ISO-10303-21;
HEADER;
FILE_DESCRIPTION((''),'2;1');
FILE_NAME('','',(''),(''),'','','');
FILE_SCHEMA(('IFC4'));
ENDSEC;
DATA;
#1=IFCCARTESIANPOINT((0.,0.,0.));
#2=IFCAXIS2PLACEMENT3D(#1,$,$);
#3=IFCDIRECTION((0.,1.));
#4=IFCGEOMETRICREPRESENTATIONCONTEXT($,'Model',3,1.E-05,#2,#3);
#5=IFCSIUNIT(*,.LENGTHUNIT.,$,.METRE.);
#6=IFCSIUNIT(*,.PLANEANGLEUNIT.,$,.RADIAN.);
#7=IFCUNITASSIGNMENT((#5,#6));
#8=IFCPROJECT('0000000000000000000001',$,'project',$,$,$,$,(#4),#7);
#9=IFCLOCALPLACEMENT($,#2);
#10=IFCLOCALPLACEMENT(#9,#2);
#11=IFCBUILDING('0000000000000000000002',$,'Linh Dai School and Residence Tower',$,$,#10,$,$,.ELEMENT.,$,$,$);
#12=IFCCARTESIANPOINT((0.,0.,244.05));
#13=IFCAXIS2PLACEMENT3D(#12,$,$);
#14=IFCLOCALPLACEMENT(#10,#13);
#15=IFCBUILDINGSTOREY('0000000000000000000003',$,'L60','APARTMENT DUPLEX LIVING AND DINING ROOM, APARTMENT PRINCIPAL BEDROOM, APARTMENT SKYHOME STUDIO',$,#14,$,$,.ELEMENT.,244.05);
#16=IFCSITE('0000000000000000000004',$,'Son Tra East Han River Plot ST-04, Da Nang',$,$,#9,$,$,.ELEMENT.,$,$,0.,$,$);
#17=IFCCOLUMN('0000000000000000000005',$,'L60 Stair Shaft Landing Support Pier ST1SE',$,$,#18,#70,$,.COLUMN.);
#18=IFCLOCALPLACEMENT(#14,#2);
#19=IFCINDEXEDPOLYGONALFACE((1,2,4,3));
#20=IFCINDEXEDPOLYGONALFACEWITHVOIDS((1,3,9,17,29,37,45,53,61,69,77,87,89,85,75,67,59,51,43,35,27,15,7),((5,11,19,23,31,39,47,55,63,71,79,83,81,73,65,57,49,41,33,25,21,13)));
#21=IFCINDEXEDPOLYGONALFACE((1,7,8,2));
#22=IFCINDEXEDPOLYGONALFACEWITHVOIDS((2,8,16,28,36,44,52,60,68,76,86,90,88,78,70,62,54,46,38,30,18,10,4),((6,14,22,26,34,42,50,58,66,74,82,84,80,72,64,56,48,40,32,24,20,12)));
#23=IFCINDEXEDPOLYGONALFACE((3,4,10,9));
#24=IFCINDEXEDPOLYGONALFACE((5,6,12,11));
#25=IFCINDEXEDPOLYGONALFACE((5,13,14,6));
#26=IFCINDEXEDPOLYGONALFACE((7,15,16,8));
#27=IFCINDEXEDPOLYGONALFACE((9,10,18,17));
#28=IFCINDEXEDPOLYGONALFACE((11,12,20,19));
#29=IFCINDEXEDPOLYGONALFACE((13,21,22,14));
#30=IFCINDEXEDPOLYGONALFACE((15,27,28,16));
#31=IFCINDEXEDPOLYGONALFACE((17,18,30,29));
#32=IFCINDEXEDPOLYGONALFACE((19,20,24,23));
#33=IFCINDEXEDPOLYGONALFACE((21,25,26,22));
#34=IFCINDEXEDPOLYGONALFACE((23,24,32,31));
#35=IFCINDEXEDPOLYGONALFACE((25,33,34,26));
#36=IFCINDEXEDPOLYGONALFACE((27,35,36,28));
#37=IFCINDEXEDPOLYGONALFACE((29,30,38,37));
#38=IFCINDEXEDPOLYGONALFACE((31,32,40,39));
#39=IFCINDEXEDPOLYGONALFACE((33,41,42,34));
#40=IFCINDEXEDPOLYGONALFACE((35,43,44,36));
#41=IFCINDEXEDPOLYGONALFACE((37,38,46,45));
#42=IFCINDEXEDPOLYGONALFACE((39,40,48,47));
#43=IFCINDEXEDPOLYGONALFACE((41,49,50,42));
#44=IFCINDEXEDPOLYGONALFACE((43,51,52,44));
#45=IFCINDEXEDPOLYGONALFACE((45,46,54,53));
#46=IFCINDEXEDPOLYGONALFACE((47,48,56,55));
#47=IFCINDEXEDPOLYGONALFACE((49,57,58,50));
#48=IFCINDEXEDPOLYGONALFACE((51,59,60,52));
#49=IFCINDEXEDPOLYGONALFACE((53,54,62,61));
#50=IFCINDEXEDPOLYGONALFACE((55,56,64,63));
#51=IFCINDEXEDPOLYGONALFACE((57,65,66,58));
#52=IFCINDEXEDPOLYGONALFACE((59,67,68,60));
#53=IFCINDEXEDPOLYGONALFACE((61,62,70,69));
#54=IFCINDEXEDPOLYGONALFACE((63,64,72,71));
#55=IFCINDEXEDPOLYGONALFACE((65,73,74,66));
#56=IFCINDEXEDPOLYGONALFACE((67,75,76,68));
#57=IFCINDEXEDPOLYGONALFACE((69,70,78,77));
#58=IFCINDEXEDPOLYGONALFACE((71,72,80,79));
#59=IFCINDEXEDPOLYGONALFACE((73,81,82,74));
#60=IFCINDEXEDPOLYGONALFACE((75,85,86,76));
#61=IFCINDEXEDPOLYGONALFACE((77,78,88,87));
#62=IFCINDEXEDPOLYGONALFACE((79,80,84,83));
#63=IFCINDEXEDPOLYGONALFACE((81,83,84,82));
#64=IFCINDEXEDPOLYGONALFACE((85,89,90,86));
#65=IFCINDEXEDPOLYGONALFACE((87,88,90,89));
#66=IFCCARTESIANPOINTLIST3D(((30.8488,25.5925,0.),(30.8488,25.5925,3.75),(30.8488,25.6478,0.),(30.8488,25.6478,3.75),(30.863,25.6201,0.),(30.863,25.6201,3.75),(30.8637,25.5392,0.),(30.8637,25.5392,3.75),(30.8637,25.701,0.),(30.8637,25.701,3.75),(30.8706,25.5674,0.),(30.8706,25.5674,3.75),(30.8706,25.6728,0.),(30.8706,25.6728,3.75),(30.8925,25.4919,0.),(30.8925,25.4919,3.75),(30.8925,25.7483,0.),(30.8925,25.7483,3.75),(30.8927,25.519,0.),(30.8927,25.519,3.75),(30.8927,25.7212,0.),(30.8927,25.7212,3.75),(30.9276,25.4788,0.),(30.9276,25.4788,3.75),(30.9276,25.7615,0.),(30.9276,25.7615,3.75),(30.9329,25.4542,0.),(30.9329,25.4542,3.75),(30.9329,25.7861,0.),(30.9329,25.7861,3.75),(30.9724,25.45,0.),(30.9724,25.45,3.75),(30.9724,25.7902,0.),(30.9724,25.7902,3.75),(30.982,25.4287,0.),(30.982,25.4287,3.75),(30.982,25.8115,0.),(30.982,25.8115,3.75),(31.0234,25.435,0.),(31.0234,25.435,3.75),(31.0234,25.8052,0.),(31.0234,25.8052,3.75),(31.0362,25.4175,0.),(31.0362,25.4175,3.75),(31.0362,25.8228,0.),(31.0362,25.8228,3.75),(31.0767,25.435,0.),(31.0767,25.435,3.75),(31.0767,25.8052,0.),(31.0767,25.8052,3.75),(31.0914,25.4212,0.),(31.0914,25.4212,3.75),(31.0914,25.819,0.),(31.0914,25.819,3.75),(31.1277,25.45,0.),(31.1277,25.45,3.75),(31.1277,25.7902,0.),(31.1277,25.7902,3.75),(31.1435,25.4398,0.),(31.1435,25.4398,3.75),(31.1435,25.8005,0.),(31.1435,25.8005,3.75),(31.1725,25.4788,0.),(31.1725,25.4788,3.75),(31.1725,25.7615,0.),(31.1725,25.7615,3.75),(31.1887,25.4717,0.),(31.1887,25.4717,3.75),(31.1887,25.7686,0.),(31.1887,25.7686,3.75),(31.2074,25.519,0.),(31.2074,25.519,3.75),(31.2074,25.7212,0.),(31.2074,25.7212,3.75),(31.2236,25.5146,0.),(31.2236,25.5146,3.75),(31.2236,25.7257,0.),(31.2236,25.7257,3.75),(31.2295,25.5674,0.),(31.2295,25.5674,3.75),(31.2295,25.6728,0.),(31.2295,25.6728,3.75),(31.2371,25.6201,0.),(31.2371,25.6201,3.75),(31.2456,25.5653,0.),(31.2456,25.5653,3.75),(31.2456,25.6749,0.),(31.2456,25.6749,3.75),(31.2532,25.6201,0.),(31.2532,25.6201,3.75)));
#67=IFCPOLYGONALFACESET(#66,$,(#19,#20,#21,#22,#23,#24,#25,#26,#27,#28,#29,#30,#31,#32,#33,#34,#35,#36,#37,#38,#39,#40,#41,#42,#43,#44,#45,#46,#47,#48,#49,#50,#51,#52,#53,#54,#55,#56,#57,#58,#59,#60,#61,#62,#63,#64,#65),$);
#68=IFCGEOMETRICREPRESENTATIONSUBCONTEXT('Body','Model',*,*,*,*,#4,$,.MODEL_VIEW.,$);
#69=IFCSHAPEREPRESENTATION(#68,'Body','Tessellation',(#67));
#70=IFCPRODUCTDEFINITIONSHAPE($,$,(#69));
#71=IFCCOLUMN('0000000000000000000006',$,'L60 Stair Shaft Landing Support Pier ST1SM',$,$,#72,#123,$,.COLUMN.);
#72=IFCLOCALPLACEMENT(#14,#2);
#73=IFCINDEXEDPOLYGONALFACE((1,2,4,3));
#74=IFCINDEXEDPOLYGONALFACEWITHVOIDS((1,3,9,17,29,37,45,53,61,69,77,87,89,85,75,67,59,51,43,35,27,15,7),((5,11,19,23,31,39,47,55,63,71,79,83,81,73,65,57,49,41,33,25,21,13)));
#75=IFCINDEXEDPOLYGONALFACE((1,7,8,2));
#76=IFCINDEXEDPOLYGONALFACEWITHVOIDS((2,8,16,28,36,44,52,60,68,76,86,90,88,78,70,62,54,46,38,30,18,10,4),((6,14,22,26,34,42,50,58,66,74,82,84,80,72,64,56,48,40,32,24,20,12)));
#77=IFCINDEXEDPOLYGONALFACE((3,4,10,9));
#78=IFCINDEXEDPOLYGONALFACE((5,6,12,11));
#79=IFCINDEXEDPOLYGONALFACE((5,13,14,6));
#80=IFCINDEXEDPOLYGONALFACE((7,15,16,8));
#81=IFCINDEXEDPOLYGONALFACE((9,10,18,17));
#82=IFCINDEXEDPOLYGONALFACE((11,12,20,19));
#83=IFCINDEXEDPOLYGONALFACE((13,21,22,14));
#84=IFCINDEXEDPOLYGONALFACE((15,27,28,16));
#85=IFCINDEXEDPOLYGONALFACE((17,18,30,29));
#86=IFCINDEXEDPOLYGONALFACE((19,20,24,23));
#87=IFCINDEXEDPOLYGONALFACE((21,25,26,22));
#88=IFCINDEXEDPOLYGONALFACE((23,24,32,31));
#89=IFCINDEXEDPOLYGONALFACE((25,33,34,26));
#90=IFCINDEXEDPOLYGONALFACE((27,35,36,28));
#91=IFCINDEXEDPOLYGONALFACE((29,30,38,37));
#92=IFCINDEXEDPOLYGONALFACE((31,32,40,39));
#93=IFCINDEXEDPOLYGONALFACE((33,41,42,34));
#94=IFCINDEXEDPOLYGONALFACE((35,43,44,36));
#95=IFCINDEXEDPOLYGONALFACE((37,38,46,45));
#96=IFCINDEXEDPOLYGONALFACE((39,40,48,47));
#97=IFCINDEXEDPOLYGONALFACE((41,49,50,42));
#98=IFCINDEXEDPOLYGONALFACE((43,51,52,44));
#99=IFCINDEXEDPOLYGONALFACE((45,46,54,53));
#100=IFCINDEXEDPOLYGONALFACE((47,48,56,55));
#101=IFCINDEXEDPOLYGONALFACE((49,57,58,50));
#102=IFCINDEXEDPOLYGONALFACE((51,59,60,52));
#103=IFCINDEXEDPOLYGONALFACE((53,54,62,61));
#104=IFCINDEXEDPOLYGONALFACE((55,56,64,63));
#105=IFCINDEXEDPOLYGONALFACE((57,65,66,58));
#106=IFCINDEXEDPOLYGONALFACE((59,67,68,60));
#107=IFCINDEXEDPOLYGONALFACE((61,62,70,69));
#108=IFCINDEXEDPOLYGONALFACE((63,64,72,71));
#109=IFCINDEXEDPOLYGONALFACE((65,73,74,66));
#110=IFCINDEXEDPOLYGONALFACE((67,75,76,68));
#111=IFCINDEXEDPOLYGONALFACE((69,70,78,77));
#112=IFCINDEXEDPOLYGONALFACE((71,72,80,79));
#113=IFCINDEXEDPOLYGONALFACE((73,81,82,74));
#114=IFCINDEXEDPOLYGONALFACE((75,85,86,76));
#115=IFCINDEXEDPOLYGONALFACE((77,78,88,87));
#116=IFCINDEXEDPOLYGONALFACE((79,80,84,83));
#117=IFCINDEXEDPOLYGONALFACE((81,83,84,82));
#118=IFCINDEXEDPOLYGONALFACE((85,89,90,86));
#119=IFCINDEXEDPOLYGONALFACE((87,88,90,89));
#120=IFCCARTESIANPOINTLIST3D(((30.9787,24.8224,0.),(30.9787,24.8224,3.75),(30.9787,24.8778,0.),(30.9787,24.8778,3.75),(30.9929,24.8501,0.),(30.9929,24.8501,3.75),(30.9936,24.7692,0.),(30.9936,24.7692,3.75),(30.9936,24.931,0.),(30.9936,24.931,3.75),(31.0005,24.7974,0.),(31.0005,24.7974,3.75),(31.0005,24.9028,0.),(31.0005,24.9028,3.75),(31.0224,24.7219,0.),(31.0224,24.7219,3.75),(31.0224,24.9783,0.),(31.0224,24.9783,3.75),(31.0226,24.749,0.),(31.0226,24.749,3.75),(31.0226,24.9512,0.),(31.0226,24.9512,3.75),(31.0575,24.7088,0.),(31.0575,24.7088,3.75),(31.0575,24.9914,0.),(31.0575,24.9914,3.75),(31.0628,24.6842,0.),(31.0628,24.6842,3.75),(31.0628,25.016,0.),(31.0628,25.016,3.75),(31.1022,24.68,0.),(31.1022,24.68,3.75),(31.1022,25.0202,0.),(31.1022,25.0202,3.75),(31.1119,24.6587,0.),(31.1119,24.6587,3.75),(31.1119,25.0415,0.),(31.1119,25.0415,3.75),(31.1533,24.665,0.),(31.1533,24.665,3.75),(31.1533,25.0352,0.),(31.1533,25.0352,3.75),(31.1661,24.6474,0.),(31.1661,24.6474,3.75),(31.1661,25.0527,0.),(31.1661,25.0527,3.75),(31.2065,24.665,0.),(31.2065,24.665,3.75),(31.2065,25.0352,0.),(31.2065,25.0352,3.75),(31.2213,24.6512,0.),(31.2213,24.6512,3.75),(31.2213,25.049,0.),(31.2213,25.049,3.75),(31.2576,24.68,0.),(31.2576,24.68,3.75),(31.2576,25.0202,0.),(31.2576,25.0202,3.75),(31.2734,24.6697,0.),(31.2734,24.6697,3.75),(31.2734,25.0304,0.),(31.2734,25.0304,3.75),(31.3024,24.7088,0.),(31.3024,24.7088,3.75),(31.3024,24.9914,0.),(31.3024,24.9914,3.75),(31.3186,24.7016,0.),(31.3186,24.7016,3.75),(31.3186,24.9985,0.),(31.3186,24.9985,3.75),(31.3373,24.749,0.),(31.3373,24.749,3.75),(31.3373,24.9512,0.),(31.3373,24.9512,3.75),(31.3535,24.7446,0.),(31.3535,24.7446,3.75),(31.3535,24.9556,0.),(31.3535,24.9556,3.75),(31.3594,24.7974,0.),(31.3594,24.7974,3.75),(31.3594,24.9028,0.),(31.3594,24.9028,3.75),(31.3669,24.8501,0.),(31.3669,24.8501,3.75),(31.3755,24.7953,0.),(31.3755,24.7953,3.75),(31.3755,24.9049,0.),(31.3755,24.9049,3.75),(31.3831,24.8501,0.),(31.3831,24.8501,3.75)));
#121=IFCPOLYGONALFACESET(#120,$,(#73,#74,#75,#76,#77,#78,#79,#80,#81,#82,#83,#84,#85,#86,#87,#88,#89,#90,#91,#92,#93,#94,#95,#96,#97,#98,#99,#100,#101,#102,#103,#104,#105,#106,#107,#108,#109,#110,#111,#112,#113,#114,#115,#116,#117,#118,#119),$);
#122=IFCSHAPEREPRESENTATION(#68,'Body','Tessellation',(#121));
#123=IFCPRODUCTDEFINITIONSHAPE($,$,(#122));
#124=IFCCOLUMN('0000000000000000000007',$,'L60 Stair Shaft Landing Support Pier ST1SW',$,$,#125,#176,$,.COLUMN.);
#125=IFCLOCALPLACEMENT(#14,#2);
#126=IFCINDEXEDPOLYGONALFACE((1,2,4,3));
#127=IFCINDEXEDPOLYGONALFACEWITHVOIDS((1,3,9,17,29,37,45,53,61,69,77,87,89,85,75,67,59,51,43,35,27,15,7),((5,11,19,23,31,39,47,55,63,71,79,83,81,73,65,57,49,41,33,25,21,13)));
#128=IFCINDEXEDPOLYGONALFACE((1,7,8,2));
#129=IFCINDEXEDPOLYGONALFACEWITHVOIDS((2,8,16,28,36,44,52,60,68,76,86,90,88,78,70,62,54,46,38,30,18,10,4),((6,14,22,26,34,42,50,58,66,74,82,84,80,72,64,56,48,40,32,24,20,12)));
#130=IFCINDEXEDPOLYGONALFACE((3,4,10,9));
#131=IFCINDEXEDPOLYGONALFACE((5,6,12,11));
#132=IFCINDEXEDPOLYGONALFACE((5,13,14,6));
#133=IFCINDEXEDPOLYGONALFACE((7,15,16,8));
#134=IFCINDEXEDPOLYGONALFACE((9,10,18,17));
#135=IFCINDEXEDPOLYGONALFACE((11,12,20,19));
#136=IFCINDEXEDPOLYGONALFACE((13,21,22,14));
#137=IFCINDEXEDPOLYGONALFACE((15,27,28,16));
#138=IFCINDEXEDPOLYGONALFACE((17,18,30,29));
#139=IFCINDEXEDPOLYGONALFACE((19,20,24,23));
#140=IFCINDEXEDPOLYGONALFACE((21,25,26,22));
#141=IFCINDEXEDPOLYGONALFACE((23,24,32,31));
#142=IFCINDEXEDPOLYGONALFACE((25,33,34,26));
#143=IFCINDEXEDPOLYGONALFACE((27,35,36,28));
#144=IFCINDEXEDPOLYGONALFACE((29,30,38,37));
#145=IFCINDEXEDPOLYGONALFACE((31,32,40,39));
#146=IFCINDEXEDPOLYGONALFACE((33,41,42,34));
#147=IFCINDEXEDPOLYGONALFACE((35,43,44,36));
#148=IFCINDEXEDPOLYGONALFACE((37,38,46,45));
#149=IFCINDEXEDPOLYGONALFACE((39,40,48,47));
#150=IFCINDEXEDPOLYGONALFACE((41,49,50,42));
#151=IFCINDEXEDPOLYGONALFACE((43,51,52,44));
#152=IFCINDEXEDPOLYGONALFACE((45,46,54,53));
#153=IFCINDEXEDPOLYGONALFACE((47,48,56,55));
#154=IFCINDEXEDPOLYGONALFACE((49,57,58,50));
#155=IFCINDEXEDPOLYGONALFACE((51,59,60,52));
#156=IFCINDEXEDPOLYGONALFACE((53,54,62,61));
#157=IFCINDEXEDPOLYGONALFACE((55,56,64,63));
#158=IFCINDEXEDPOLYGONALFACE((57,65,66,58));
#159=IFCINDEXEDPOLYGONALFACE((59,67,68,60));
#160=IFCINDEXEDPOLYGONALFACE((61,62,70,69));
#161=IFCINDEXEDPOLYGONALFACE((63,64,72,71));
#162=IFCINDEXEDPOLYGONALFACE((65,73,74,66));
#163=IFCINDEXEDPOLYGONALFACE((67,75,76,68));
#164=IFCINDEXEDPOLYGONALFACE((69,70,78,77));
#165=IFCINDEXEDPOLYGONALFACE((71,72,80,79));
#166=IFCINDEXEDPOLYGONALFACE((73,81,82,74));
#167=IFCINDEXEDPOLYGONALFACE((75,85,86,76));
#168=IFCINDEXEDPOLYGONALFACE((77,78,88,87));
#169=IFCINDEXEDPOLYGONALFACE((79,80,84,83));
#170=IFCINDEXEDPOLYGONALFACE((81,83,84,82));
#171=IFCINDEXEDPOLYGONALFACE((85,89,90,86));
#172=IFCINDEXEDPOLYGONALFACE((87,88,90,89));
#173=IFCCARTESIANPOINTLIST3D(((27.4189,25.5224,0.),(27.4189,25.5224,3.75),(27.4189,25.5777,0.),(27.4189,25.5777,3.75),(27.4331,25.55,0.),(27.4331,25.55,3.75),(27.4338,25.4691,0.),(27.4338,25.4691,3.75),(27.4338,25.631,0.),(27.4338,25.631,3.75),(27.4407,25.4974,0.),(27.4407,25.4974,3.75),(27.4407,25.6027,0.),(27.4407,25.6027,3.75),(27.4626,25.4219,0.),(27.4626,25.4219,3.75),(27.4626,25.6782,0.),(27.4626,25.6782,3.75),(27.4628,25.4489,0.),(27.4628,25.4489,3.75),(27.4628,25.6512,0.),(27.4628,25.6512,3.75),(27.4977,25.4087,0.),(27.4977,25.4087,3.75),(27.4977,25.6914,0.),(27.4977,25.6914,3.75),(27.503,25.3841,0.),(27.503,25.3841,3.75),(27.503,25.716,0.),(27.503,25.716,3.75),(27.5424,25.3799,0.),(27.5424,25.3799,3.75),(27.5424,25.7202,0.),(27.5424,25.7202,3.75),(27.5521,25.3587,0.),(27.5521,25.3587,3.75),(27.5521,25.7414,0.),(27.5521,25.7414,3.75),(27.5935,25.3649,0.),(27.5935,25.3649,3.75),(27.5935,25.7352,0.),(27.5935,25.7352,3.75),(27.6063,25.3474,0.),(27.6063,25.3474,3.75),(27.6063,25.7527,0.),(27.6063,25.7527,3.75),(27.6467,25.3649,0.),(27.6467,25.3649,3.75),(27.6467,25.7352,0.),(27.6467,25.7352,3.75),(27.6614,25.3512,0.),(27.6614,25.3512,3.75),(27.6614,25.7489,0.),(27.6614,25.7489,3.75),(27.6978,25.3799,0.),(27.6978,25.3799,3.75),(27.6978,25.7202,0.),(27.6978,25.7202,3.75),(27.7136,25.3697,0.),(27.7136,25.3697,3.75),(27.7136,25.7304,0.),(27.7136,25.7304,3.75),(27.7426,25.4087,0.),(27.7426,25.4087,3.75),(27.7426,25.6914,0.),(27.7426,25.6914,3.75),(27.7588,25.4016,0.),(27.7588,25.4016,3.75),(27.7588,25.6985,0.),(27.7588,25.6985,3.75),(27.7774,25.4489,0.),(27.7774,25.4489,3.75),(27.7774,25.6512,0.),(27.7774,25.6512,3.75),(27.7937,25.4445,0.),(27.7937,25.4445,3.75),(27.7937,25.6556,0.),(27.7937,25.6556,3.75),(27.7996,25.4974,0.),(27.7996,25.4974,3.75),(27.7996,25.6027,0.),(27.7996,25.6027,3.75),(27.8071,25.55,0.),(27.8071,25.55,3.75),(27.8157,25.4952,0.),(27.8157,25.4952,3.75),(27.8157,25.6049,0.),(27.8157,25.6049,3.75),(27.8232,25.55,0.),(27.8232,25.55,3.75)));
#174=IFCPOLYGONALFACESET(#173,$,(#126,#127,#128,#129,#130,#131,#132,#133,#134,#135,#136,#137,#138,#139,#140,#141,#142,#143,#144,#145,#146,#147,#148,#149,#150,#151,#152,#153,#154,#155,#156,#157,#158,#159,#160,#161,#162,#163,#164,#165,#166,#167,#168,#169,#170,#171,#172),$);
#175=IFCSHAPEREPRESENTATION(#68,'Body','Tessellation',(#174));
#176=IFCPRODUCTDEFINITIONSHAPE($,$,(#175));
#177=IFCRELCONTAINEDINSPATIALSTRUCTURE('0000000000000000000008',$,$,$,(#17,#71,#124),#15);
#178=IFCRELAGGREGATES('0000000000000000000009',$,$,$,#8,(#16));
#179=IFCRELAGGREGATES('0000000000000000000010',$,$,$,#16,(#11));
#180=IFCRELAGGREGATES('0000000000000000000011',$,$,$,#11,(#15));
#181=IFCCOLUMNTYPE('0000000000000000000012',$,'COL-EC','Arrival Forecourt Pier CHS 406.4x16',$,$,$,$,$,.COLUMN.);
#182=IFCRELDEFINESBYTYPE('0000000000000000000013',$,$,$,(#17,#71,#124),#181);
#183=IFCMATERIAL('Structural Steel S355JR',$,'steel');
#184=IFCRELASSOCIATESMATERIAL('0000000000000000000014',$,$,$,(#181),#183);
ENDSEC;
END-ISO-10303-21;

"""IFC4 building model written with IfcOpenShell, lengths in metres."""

from ifc_helpers import new_model, si_unit, direction, frame, origin, origin_2d, place, context, subcontext, project, spatial, hollow_circle, extrude, material, material_profile, profile_set, type_object, element, save


model = new_model("IFC4")

# Units and contexts
model_context = context("Model", 3, precision=1e-05, world=origin(), true_north=direction((0.0, 1.0)))
body_context = subcontext(model_context, "Body", "Model", "MODEL_VIEW")
ifc_project = project(units=[si_unit("LENGTHUNIT", "METRE"), si_unit("PLANEANGLEUNIT", "RADIAN")], contexts=[model_context])

# Site, building, storey
site_placement = place(None, origin())
site = spatial("IfcSite", under=ifc_project, at=site_placement, Name="Son Tra East Han River Plot ST-04, Da Nang", CompositionType="ELEMENT", RefElevation=0.0)
building_placement = place(site_placement, origin())
building = spatial("IfcBuilding", under=site, at=building_placement, Name="Linh Dai School and Residence Tower", CompositionType="ELEMENT")
storey_placement = place(building_placement, frame((0.0, 0.0, 244.05)))
storey = spatial("IfcBuildingStorey", under=building, at=storey_placement, Name="L60", Description="APARTMENT DUPLEX LIVING AND DINING ROOM, APARTMENT PRINCIPAL BEDROOM, APARTMENT SKYHOME STUDIO", CompositionType="ELEMENT", Elevation=244.05)

# Columns
ifc_material_1 = material(Name="Structural Steel S355JR", Category="steel")
ifc_material_profile_1 = material_profile(ifc_material_1, hollow_circle(Radius=0.2031, WallThickness=0.0161, at=origin_2d()), Name="CHS 406.4x16")
ifc_profile_set_1 = profile_set([ifc_material_profile_1], Name="Structural Steel S355JR")
column_type_1 = type_object("IfcColumnType", Name="COL-EC", Description="Arrival Forecourt Pier CHS 406.4x16", PredefinedType="COLUMN", material=ifc_profile_set_1)
for number, where, z_axis, x_axis, name in (
    (1, (31.05, 25.6201, 0.0), (0.0, 0.0, 1.0), (1.0, 0.0, 0.0), "L60 Stair Shaft Landing Support Pier ST1SE"),
    (2, (31.1799, 24.8501, 0.0), (0.0, 0.0, 1.0), (1.0, 0.0, 0.0), "L60 Stair Shaft Landing Support Pier ST1SM"),
    (3, (27.6201, 25.55, 0.0), (0.0, 0.0, 1.0), (1.0, 0.0, 0.0), "L60 Stair Shaft Landing Support Pier ST1SW"),
):
    element("IfcColumn", number, at=place(storey_placement, frame(where, z_axis=z_axis, x_axis=x_axis)), inside=storey, type_object=column_type_1, Name=name, PredefinedType="COLUMN", context=body_context, shape_type="SweptSolid", body=[
        extrude(hollow_circle(Radius=0.2031, WallThickness=0.0161, at=origin_2d()), origin(), (0.0, 0.0, 1.0), 3.75),
    ])

save(model, "model.ifc")
